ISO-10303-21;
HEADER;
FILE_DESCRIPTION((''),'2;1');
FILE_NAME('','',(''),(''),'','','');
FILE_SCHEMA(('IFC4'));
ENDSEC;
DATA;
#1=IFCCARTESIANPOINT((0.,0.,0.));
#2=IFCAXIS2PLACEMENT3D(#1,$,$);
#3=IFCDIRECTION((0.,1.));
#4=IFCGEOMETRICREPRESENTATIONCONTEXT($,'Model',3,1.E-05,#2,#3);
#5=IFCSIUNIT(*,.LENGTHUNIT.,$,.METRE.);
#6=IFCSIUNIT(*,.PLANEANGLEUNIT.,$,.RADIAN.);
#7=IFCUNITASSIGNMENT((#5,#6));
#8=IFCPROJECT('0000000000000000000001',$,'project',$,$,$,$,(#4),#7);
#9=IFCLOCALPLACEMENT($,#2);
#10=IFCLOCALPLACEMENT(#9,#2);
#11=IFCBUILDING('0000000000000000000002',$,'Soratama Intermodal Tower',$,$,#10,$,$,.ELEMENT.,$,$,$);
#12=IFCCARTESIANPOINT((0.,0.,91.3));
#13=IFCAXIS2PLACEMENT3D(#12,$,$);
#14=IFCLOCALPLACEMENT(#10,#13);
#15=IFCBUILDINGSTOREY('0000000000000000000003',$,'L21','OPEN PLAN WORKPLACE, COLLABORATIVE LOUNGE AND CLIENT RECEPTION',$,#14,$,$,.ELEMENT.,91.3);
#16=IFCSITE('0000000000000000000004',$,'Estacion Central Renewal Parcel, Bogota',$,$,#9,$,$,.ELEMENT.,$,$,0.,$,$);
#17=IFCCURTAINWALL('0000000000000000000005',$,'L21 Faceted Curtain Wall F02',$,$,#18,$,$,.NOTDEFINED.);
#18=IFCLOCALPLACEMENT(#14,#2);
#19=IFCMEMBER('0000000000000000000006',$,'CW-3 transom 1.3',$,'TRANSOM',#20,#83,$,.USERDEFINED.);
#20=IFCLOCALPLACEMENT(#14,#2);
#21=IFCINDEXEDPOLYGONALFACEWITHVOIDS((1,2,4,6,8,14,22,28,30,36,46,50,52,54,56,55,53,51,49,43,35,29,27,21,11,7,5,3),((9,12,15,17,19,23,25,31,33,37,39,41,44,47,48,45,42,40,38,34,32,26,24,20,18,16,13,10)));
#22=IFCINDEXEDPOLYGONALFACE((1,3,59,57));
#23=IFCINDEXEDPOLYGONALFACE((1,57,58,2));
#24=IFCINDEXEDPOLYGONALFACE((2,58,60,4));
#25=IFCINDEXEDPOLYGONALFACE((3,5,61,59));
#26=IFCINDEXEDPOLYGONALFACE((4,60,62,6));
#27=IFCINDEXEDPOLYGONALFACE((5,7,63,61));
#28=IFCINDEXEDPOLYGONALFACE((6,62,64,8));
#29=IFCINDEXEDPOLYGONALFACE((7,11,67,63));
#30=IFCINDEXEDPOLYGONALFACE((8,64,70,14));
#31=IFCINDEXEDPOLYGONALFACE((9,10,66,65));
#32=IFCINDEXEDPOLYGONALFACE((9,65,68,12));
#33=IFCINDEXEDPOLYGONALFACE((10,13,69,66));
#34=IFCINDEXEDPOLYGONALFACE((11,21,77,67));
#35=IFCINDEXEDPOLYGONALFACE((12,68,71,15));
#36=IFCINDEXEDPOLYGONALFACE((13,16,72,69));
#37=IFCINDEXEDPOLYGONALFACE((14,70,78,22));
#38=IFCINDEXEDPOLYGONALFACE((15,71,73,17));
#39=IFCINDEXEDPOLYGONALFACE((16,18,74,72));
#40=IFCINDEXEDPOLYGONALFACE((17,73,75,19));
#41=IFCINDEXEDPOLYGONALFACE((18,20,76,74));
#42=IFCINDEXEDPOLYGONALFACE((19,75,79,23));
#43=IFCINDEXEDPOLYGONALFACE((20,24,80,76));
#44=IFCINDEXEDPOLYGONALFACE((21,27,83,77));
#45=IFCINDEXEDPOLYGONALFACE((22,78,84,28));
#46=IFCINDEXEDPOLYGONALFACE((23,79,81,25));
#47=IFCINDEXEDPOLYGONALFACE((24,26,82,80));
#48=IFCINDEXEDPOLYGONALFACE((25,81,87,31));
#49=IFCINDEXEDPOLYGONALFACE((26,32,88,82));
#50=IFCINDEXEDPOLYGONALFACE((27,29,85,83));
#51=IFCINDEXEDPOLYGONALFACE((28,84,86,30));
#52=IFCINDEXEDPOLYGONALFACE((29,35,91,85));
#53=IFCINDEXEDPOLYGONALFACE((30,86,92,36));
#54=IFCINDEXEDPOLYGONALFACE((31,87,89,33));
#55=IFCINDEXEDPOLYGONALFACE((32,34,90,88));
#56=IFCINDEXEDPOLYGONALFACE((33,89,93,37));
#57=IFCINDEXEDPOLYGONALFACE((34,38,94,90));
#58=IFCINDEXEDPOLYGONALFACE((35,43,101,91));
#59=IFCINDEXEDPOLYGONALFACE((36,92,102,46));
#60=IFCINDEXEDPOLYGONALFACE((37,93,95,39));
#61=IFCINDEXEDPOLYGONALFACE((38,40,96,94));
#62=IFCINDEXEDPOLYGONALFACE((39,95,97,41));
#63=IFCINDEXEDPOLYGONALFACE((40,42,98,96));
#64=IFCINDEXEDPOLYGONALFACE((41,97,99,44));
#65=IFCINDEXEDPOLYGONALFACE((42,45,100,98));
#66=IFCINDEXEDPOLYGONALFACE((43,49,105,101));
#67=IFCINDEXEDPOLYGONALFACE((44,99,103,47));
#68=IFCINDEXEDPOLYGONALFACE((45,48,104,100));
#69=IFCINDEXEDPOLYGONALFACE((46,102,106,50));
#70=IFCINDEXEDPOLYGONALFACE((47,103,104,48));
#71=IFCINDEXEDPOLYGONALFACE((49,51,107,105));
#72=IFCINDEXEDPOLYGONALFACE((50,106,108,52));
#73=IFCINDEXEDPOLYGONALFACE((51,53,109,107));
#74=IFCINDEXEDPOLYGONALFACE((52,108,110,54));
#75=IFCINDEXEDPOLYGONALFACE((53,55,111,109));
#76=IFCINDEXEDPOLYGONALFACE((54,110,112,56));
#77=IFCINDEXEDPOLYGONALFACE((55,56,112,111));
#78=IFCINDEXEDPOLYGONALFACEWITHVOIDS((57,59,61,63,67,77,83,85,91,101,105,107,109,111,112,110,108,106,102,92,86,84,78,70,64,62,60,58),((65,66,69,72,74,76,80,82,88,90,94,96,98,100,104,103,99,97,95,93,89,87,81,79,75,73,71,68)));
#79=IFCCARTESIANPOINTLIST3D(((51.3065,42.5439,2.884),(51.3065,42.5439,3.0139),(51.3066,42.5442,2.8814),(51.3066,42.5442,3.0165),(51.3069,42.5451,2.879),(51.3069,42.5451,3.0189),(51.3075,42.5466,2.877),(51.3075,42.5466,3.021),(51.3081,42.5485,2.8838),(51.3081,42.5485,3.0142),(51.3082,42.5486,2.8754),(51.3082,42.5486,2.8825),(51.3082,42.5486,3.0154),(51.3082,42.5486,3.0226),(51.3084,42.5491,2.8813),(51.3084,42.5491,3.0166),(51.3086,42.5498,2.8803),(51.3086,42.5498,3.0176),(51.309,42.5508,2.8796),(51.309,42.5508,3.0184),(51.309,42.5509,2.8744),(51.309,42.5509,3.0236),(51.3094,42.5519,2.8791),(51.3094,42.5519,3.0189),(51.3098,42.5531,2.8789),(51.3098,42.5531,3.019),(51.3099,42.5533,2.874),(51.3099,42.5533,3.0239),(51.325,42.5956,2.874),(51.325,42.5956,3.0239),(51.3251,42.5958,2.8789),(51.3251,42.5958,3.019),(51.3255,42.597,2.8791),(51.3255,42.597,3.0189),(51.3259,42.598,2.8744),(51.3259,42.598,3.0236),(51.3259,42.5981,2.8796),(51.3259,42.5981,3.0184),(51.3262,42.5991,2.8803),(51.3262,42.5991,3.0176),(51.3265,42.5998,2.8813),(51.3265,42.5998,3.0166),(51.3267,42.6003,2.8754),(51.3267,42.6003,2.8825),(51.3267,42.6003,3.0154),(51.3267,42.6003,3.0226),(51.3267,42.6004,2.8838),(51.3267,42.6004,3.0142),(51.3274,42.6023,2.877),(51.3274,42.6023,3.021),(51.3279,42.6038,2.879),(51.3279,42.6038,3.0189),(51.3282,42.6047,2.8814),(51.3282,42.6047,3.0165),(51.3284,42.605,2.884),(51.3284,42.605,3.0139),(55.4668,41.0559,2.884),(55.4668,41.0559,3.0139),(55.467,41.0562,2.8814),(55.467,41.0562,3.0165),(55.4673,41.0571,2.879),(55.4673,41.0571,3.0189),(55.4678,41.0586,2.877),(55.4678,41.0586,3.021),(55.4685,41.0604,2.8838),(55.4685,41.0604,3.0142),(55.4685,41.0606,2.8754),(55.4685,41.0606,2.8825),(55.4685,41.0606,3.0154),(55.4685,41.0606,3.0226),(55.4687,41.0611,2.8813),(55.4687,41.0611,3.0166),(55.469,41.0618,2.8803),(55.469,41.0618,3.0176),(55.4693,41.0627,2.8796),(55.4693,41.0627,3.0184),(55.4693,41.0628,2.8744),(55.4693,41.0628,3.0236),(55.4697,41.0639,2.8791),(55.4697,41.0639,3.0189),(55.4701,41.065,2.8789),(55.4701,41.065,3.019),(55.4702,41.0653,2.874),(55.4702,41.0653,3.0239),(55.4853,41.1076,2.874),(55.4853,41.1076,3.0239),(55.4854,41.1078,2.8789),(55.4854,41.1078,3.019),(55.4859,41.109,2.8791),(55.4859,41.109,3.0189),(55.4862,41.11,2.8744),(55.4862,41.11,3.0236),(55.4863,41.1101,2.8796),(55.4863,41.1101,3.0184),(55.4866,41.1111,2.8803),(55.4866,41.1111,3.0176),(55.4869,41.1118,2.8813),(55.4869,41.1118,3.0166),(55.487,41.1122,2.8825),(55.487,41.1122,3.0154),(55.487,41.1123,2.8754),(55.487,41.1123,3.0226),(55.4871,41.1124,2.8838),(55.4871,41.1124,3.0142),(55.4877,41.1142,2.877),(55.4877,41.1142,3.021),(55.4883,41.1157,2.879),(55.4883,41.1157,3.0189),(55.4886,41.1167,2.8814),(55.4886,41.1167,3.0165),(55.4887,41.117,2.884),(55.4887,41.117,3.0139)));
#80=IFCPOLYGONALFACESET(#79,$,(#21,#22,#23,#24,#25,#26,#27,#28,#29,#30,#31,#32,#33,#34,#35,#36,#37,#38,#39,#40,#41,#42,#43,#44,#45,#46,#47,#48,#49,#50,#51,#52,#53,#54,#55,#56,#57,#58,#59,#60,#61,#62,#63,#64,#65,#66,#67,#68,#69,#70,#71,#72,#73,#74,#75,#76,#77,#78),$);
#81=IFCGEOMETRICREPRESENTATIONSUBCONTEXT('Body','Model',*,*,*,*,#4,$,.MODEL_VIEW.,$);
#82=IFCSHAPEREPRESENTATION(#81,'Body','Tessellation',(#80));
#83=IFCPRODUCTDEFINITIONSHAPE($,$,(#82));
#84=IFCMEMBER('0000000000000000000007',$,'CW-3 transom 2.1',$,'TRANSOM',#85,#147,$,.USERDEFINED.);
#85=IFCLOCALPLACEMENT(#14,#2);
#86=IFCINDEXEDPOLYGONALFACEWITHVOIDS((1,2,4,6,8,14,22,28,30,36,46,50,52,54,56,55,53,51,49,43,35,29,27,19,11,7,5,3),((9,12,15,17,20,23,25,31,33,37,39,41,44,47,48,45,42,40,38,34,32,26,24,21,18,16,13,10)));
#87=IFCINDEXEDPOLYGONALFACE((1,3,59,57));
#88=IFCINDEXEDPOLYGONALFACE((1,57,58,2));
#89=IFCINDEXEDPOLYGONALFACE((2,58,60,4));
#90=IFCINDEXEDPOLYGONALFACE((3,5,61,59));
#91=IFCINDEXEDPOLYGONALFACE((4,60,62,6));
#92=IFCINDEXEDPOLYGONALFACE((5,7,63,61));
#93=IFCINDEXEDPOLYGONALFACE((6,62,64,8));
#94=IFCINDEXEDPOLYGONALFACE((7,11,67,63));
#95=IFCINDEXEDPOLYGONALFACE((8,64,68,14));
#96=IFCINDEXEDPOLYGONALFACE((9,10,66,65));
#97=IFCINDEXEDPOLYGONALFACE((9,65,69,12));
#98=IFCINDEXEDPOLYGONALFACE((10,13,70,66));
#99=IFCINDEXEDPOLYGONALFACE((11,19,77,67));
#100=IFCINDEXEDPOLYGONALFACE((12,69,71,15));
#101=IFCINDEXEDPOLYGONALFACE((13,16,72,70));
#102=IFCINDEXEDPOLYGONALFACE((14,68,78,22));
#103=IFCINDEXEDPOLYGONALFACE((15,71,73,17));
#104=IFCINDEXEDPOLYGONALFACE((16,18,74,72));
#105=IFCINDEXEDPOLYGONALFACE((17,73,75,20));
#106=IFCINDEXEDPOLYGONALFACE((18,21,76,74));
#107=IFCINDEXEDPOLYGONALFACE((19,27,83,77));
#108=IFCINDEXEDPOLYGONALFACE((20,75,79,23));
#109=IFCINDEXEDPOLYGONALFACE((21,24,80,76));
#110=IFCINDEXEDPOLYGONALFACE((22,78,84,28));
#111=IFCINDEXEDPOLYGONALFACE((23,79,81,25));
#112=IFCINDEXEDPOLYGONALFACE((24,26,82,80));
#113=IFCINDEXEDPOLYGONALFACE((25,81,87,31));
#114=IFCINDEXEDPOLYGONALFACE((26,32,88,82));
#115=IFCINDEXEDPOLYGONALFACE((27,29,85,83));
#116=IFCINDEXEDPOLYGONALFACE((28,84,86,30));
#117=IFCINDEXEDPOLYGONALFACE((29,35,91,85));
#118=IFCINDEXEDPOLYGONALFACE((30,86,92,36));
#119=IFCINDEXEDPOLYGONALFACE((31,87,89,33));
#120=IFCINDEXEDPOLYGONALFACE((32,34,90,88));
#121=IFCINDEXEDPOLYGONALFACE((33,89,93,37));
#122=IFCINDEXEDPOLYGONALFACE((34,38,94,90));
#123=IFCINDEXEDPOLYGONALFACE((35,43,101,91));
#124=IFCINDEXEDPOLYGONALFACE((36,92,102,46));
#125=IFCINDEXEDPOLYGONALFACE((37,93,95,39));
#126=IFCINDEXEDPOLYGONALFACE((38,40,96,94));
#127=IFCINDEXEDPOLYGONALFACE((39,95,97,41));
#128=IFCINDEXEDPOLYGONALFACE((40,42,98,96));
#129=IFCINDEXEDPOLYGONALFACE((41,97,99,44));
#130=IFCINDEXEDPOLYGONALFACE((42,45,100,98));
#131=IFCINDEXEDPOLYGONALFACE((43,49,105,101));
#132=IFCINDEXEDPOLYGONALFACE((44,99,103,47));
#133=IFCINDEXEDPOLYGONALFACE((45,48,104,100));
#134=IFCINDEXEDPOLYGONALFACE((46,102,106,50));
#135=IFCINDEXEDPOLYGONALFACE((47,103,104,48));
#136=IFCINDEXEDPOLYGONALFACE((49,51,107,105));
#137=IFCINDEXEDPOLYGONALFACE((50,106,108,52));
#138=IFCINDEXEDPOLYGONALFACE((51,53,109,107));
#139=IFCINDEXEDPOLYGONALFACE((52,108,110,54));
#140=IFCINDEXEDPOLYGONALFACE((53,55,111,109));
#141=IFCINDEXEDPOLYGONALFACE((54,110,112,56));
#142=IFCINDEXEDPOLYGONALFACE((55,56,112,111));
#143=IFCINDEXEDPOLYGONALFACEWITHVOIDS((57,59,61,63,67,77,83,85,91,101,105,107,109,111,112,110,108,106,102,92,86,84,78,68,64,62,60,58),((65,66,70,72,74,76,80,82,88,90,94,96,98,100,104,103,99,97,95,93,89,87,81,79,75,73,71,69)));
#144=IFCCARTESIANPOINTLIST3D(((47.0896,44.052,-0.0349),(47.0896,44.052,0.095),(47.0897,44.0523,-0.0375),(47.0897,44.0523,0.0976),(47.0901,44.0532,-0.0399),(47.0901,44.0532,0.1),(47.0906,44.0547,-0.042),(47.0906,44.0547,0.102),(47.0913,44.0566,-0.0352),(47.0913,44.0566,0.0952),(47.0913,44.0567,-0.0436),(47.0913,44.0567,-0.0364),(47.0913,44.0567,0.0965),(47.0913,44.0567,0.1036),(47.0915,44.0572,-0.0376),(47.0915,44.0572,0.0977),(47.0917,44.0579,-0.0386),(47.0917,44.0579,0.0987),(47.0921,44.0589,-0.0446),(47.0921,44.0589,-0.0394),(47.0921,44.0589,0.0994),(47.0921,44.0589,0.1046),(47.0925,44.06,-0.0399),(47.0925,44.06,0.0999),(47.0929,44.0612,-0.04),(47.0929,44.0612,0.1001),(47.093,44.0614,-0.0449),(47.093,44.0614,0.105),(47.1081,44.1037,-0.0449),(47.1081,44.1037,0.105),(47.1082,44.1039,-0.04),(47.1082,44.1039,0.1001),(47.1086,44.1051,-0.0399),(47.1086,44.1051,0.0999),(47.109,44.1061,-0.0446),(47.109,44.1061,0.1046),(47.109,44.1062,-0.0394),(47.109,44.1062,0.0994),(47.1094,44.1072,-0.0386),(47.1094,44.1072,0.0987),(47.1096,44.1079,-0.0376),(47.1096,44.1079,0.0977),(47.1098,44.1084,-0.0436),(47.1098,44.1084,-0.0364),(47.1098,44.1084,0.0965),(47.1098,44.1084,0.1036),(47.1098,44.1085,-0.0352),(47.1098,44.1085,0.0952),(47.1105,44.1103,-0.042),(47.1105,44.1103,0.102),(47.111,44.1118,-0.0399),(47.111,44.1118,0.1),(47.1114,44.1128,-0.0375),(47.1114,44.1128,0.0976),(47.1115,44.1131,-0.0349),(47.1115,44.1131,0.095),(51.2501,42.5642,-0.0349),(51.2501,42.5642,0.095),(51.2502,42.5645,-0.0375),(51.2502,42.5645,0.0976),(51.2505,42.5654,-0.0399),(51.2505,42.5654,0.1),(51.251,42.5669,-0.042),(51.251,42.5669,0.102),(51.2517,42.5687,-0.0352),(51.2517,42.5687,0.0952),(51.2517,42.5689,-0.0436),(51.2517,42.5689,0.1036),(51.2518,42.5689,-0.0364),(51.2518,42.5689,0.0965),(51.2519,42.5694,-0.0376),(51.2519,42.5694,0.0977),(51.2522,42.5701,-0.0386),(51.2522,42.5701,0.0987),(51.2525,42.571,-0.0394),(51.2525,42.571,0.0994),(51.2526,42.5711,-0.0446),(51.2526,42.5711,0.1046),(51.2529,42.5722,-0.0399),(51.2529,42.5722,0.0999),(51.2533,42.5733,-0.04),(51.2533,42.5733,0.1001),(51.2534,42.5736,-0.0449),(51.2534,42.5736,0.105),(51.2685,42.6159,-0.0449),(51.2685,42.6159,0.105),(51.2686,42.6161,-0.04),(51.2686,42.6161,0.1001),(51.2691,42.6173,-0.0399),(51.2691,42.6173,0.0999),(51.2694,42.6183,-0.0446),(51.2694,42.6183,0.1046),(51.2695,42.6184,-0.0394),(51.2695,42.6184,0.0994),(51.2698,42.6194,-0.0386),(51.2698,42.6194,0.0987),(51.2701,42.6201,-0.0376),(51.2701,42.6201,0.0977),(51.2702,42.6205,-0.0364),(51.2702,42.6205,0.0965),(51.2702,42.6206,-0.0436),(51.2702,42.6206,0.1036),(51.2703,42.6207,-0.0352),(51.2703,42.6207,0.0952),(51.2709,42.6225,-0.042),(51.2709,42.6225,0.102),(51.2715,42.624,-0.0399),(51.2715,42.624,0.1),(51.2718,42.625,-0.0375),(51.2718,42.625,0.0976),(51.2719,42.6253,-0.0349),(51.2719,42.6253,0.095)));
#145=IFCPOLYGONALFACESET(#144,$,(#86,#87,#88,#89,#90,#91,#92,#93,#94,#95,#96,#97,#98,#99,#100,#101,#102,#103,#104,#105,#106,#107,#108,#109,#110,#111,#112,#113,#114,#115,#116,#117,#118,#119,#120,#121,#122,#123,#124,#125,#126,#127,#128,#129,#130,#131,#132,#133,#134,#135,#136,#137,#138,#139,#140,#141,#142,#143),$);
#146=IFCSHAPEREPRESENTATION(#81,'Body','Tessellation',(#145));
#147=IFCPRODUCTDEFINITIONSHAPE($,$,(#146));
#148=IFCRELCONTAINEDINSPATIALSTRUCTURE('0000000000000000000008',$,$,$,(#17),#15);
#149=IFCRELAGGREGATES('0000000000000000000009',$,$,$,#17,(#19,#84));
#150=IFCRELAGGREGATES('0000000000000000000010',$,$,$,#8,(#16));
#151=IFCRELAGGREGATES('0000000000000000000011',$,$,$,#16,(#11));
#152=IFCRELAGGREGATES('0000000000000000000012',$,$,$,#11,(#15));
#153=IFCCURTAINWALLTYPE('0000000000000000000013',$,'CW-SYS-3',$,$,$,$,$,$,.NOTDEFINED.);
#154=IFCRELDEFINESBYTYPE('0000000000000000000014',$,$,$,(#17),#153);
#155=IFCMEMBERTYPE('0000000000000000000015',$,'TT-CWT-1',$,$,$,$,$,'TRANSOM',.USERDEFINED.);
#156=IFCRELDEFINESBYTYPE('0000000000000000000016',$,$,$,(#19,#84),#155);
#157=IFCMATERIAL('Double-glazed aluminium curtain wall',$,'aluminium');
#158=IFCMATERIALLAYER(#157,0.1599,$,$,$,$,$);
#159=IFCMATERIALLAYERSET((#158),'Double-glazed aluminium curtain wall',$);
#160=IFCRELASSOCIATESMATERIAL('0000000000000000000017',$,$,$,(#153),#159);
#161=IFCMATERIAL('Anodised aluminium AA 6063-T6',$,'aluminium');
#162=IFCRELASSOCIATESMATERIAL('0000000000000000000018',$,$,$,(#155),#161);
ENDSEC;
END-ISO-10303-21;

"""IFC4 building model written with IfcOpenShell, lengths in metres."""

from ifc_helpers import new_model, si_unit, direction, frame, origin, origin_2d, place, context, subcontext, project, spatial, hollow_rectangle, extrude, material, layer, layer_set, material_profile, profile_set, type_object, element, aggregate, save


model = new_model("IFC4")

# Units and contexts
model_context = context("Model", 3, precision=1e-05, world=origin(), true_north=direction((0.0, 1.0)))
body_context = subcontext(model_context, "Body", "Model", "MODEL_VIEW")
ifc_project = project(units=[si_unit("LENGTHUNIT", "METRE"), si_unit("PLANEANGLEUNIT", "RADIAN")], contexts=[model_context])

# Site, building, storey
site_placement = place(None, origin())
site = spatial("IfcSite", under=ifc_project, at=site_placement, Name="Estacion Central Renewal Parcel, Bogota", CompositionType="ELEMENT", RefElevation=0.0)
building_placement = place(site_placement, origin())
building = spatial("IfcBuilding", under=site, at=building_placement, Name="Soratama Intermodal Tower", CompositionType="ELEMENT")
storey_placement = place(building_placement, frame((0.0, 0.0, 91.3)))
storey = spatial("IfcBuildingStorey", under=building, at=storey_placement, Name="L21", Description="OPEN PLAN WORKPLACE, COLLABORATIVE LOUNGE AND CLIENT RECEPTION", CompositionType="ELEMENT", Elevation=91.3)

# Shared definitions
ifc_material_1 = material(Name="Double-glazed aluminium curtain wall", Category="aluminium")
ifc_layer_1 = layer(ifc_material_1, 0.1599)
ifc_layer_set_1 = layer_set([ifc_layer_1], Name="Double-glazed aluminium curtain wall")
curtain_wall_type = type_object("IfcCurtainWallType", Name="CW-SYS-3", PredefinedType="NOTDEFINED", material=ifc_layer_set_1)

# Curtain wall, members
curtain_wall_1_placement = place(storey_placement, origin())
curtain_wall_1 = element("IfcCurtainWall", 1, at=curtain_wall_1_placement, inside=storey, type_object=curtain_wall_type, Name="L21 Faceted Curtain Wall F02", PredefinedType="NOTDEFINED")
ifc_material_2 = material(Name="Anodised aluminium AA 6063-T6", Category="aluminium")
ifc_material_profile_1 = material_profile(ifc_material_2, hollow_rectangle(XDim=0.0649, YDim=0.1499, WallThickness=0.0049, InnerFilletRadius=0.0049, OuterFilletRadius=0.01, at=origin_2d()), Name="CWT150X65X5")
ifc_profile_set_1 = profile_set([ifc_material_profile_1], Name="Anodised aluminium AA 6063-T6")
member_type_1 = type_object("IfcMemberType", Name="TT-CWT-1", ElementType="TRANSOM", PredefinedType="USERDEFINED", material=ifc_profile_set_1)
member_1_placement = place(storey_placement, frame((55.4778, 41.0864, 2.949), z_axis=(-0.941586, 0.336774, 0.0), x_axis=(-0.336774, -0.941586, 0.0)))
member_1 = element("IfcMember", 2, at=member_1_placement, type_object=member_type_1, Name="CW-3 transom 1.3", ObjectType="TRANSOM", PredefinedType="USERDEFINED", context=body_context, shape_type="SweptSolid", body=[
    extrude(hollow_rectangle(XDim=0.0649, YDim=0.1499, WallThickness=0.0049, InnerFilletRadius=0.0049, OuterFilletRadius=0.01, at=origin_2d()), origin(), (0.0, 0.0, 1.0), 4.4185),
])
member_2_placement = place(storey_placement, frame((51.261, 42.5947, 0.03), z_axis=(-0.941603, 0.336725, 0.0), x_axis=(-0.336725, -0.941603, 0.0)))
member_2 = element("IfcMember", 3, at=member_2_placement, type_object=member_type_1, Name="CW-3 transom 2.1", ObjectType="TRANSOM", PredefinedType="USERDEFINED", context=body_context, shape_type="SweptSolid", body=[
    extrude(hollow_rectangle(XDim=0.0649, YDim=0.1499, WallThickness=0.0049, InnerFilletRadius=0.0049, OuterFilletRadius=0.01, at=origin_2d()), origin(), (0.0, 0.0, 1.0), 4.4185),
])

aggregate(curtain_wall_1, [member_1, member_2])

save(model, "model.ifc")
